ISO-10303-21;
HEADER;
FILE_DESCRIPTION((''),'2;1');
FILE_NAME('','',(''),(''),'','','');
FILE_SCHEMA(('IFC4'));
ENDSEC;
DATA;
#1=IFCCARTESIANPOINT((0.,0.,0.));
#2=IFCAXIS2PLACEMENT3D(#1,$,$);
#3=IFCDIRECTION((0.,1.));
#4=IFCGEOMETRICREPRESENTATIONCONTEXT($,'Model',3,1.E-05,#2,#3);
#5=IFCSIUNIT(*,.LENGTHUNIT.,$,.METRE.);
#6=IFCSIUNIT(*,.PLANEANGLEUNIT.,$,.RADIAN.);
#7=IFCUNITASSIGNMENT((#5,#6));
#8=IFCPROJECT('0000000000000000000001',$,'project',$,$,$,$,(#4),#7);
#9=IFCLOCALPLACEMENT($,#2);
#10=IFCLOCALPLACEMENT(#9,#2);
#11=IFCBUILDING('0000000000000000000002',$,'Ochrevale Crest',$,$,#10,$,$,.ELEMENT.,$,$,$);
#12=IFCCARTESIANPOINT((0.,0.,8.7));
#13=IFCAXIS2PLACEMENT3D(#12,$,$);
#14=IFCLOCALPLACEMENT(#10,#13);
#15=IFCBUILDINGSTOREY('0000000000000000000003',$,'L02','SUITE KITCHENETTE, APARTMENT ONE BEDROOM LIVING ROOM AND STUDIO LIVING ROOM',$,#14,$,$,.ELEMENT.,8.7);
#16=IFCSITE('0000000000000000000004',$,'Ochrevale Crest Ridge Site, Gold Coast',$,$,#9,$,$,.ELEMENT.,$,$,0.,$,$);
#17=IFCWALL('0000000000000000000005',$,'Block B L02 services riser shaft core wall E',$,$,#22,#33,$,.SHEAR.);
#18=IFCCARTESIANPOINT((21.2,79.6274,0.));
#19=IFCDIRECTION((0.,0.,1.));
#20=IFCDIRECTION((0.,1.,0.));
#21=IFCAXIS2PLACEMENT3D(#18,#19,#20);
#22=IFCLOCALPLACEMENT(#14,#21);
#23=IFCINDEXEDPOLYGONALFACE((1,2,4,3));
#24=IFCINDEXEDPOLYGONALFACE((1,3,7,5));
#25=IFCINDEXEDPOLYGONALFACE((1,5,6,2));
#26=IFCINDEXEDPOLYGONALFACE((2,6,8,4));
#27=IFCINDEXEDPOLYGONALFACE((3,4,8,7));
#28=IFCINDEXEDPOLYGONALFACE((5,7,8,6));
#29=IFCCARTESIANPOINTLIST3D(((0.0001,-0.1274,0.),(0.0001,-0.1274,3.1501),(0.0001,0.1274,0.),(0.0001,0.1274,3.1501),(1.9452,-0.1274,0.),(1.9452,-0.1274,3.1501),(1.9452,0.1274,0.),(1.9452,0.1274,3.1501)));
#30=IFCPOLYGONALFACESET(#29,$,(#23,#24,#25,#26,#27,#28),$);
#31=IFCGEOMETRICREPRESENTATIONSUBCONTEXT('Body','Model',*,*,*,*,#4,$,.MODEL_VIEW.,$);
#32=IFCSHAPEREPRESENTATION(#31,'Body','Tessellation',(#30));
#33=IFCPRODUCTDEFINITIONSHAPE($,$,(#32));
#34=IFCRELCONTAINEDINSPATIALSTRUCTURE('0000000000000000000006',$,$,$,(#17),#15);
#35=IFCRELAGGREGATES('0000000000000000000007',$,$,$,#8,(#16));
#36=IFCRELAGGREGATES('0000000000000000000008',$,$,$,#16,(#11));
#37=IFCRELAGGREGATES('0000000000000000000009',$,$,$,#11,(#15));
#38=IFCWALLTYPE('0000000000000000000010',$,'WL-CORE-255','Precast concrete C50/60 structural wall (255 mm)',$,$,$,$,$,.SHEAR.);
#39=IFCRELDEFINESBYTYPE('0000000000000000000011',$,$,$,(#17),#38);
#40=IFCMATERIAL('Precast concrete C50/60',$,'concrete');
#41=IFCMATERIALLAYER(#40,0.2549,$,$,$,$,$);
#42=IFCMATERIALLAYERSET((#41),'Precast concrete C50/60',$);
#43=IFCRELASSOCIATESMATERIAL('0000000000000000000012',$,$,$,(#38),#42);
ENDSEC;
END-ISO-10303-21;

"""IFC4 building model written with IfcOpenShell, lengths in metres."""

from ifc_helpers import new_model, si_unit, direction, frame, frame_2d, origin, place, context, subcontext, project, spatial, rectangle, extrude, material, layer, layer_set, type_object, element, save


model = new_model("IFC4")

# Units and contexts
model_context = context("Model", 3, precision=1e-05, world=origin(), true_north=direction((0.0, 1.0)))
body_context = subcontext(model_context, "Body", "Model", "MODEL_VIEW")
ifc_project = project(units=[si_unit("LENGTHUNIT", "METRE"), si_unit("PLANEANGLEUNIT", "RADIAN")], contexts=[model_context])

# Site, building, storey
site_placement = place(None, origin())
site = spatial("IfcSite", under=ifc_project, at=site_placement, Name="Ochrevale Crest Ridge Site, Gold Coast", CompositionType="ELEMENT", RefElevation=0.0)
building_placement = place(site_placement, origin())
building = spatial("IfcBuilding", under=site, at=building_placement, Name="Ochrevale Crest", CompositionType="ELEMENT")
storey_placement = place(building_placement, frame((0.0, 0.0, 8.7)))
storey = spatial("IfcBuildingStorey", under=building, at=storey_placement, Name="L02", Description="SUITE KITCHENETTE, APARTMENT ONE BEDROOM LIVING ROOM AND STUDIO LIVING ROOM", CompositionType="ELEMENT", Elevation=8.7)

# Shared definitions
ifc_material_1 = material(Name="Precast concrete C50/60", Category="concrete")

# Shared definitions
ifc_layer_1 = layer(ifc_material_1, 0.2549)
ifc_layer_set_1 = layer_set([ifc_layer_1], Name="Precast concrete C50/60")
wall_type_1 = type_object("IfcWallType", Name="WL-CORE-255", Description="Precast concrete C50/60 structural wall (255 mm)", PredefinedType="SHEAR", material=ifc_layer_set_1)

# Wall
wall_1_placement = place(storey_placement, frame((21.2, 79.6274, 0.0), z_axis=(0.0, 0.0, 1.0), x_axis=(0.0, 1.0, 0.0)))
element("IfcWall", 1, at=wall_1_placement, inside=storey, type_object=wall_type_1, Name="Block B L02 services riser shaft core wall E", PredefinedType="SHEAR", context=body_context, shape_type="SweptSolid", body=[
    extrude(rectangle(XDim=1.9451, YDim=0.2549, at=frame_2d((0.9727, 0.0))), origin(), (0.0, 0.0, 1.0), 3.1501),
])

save(model, "model.ifc")
